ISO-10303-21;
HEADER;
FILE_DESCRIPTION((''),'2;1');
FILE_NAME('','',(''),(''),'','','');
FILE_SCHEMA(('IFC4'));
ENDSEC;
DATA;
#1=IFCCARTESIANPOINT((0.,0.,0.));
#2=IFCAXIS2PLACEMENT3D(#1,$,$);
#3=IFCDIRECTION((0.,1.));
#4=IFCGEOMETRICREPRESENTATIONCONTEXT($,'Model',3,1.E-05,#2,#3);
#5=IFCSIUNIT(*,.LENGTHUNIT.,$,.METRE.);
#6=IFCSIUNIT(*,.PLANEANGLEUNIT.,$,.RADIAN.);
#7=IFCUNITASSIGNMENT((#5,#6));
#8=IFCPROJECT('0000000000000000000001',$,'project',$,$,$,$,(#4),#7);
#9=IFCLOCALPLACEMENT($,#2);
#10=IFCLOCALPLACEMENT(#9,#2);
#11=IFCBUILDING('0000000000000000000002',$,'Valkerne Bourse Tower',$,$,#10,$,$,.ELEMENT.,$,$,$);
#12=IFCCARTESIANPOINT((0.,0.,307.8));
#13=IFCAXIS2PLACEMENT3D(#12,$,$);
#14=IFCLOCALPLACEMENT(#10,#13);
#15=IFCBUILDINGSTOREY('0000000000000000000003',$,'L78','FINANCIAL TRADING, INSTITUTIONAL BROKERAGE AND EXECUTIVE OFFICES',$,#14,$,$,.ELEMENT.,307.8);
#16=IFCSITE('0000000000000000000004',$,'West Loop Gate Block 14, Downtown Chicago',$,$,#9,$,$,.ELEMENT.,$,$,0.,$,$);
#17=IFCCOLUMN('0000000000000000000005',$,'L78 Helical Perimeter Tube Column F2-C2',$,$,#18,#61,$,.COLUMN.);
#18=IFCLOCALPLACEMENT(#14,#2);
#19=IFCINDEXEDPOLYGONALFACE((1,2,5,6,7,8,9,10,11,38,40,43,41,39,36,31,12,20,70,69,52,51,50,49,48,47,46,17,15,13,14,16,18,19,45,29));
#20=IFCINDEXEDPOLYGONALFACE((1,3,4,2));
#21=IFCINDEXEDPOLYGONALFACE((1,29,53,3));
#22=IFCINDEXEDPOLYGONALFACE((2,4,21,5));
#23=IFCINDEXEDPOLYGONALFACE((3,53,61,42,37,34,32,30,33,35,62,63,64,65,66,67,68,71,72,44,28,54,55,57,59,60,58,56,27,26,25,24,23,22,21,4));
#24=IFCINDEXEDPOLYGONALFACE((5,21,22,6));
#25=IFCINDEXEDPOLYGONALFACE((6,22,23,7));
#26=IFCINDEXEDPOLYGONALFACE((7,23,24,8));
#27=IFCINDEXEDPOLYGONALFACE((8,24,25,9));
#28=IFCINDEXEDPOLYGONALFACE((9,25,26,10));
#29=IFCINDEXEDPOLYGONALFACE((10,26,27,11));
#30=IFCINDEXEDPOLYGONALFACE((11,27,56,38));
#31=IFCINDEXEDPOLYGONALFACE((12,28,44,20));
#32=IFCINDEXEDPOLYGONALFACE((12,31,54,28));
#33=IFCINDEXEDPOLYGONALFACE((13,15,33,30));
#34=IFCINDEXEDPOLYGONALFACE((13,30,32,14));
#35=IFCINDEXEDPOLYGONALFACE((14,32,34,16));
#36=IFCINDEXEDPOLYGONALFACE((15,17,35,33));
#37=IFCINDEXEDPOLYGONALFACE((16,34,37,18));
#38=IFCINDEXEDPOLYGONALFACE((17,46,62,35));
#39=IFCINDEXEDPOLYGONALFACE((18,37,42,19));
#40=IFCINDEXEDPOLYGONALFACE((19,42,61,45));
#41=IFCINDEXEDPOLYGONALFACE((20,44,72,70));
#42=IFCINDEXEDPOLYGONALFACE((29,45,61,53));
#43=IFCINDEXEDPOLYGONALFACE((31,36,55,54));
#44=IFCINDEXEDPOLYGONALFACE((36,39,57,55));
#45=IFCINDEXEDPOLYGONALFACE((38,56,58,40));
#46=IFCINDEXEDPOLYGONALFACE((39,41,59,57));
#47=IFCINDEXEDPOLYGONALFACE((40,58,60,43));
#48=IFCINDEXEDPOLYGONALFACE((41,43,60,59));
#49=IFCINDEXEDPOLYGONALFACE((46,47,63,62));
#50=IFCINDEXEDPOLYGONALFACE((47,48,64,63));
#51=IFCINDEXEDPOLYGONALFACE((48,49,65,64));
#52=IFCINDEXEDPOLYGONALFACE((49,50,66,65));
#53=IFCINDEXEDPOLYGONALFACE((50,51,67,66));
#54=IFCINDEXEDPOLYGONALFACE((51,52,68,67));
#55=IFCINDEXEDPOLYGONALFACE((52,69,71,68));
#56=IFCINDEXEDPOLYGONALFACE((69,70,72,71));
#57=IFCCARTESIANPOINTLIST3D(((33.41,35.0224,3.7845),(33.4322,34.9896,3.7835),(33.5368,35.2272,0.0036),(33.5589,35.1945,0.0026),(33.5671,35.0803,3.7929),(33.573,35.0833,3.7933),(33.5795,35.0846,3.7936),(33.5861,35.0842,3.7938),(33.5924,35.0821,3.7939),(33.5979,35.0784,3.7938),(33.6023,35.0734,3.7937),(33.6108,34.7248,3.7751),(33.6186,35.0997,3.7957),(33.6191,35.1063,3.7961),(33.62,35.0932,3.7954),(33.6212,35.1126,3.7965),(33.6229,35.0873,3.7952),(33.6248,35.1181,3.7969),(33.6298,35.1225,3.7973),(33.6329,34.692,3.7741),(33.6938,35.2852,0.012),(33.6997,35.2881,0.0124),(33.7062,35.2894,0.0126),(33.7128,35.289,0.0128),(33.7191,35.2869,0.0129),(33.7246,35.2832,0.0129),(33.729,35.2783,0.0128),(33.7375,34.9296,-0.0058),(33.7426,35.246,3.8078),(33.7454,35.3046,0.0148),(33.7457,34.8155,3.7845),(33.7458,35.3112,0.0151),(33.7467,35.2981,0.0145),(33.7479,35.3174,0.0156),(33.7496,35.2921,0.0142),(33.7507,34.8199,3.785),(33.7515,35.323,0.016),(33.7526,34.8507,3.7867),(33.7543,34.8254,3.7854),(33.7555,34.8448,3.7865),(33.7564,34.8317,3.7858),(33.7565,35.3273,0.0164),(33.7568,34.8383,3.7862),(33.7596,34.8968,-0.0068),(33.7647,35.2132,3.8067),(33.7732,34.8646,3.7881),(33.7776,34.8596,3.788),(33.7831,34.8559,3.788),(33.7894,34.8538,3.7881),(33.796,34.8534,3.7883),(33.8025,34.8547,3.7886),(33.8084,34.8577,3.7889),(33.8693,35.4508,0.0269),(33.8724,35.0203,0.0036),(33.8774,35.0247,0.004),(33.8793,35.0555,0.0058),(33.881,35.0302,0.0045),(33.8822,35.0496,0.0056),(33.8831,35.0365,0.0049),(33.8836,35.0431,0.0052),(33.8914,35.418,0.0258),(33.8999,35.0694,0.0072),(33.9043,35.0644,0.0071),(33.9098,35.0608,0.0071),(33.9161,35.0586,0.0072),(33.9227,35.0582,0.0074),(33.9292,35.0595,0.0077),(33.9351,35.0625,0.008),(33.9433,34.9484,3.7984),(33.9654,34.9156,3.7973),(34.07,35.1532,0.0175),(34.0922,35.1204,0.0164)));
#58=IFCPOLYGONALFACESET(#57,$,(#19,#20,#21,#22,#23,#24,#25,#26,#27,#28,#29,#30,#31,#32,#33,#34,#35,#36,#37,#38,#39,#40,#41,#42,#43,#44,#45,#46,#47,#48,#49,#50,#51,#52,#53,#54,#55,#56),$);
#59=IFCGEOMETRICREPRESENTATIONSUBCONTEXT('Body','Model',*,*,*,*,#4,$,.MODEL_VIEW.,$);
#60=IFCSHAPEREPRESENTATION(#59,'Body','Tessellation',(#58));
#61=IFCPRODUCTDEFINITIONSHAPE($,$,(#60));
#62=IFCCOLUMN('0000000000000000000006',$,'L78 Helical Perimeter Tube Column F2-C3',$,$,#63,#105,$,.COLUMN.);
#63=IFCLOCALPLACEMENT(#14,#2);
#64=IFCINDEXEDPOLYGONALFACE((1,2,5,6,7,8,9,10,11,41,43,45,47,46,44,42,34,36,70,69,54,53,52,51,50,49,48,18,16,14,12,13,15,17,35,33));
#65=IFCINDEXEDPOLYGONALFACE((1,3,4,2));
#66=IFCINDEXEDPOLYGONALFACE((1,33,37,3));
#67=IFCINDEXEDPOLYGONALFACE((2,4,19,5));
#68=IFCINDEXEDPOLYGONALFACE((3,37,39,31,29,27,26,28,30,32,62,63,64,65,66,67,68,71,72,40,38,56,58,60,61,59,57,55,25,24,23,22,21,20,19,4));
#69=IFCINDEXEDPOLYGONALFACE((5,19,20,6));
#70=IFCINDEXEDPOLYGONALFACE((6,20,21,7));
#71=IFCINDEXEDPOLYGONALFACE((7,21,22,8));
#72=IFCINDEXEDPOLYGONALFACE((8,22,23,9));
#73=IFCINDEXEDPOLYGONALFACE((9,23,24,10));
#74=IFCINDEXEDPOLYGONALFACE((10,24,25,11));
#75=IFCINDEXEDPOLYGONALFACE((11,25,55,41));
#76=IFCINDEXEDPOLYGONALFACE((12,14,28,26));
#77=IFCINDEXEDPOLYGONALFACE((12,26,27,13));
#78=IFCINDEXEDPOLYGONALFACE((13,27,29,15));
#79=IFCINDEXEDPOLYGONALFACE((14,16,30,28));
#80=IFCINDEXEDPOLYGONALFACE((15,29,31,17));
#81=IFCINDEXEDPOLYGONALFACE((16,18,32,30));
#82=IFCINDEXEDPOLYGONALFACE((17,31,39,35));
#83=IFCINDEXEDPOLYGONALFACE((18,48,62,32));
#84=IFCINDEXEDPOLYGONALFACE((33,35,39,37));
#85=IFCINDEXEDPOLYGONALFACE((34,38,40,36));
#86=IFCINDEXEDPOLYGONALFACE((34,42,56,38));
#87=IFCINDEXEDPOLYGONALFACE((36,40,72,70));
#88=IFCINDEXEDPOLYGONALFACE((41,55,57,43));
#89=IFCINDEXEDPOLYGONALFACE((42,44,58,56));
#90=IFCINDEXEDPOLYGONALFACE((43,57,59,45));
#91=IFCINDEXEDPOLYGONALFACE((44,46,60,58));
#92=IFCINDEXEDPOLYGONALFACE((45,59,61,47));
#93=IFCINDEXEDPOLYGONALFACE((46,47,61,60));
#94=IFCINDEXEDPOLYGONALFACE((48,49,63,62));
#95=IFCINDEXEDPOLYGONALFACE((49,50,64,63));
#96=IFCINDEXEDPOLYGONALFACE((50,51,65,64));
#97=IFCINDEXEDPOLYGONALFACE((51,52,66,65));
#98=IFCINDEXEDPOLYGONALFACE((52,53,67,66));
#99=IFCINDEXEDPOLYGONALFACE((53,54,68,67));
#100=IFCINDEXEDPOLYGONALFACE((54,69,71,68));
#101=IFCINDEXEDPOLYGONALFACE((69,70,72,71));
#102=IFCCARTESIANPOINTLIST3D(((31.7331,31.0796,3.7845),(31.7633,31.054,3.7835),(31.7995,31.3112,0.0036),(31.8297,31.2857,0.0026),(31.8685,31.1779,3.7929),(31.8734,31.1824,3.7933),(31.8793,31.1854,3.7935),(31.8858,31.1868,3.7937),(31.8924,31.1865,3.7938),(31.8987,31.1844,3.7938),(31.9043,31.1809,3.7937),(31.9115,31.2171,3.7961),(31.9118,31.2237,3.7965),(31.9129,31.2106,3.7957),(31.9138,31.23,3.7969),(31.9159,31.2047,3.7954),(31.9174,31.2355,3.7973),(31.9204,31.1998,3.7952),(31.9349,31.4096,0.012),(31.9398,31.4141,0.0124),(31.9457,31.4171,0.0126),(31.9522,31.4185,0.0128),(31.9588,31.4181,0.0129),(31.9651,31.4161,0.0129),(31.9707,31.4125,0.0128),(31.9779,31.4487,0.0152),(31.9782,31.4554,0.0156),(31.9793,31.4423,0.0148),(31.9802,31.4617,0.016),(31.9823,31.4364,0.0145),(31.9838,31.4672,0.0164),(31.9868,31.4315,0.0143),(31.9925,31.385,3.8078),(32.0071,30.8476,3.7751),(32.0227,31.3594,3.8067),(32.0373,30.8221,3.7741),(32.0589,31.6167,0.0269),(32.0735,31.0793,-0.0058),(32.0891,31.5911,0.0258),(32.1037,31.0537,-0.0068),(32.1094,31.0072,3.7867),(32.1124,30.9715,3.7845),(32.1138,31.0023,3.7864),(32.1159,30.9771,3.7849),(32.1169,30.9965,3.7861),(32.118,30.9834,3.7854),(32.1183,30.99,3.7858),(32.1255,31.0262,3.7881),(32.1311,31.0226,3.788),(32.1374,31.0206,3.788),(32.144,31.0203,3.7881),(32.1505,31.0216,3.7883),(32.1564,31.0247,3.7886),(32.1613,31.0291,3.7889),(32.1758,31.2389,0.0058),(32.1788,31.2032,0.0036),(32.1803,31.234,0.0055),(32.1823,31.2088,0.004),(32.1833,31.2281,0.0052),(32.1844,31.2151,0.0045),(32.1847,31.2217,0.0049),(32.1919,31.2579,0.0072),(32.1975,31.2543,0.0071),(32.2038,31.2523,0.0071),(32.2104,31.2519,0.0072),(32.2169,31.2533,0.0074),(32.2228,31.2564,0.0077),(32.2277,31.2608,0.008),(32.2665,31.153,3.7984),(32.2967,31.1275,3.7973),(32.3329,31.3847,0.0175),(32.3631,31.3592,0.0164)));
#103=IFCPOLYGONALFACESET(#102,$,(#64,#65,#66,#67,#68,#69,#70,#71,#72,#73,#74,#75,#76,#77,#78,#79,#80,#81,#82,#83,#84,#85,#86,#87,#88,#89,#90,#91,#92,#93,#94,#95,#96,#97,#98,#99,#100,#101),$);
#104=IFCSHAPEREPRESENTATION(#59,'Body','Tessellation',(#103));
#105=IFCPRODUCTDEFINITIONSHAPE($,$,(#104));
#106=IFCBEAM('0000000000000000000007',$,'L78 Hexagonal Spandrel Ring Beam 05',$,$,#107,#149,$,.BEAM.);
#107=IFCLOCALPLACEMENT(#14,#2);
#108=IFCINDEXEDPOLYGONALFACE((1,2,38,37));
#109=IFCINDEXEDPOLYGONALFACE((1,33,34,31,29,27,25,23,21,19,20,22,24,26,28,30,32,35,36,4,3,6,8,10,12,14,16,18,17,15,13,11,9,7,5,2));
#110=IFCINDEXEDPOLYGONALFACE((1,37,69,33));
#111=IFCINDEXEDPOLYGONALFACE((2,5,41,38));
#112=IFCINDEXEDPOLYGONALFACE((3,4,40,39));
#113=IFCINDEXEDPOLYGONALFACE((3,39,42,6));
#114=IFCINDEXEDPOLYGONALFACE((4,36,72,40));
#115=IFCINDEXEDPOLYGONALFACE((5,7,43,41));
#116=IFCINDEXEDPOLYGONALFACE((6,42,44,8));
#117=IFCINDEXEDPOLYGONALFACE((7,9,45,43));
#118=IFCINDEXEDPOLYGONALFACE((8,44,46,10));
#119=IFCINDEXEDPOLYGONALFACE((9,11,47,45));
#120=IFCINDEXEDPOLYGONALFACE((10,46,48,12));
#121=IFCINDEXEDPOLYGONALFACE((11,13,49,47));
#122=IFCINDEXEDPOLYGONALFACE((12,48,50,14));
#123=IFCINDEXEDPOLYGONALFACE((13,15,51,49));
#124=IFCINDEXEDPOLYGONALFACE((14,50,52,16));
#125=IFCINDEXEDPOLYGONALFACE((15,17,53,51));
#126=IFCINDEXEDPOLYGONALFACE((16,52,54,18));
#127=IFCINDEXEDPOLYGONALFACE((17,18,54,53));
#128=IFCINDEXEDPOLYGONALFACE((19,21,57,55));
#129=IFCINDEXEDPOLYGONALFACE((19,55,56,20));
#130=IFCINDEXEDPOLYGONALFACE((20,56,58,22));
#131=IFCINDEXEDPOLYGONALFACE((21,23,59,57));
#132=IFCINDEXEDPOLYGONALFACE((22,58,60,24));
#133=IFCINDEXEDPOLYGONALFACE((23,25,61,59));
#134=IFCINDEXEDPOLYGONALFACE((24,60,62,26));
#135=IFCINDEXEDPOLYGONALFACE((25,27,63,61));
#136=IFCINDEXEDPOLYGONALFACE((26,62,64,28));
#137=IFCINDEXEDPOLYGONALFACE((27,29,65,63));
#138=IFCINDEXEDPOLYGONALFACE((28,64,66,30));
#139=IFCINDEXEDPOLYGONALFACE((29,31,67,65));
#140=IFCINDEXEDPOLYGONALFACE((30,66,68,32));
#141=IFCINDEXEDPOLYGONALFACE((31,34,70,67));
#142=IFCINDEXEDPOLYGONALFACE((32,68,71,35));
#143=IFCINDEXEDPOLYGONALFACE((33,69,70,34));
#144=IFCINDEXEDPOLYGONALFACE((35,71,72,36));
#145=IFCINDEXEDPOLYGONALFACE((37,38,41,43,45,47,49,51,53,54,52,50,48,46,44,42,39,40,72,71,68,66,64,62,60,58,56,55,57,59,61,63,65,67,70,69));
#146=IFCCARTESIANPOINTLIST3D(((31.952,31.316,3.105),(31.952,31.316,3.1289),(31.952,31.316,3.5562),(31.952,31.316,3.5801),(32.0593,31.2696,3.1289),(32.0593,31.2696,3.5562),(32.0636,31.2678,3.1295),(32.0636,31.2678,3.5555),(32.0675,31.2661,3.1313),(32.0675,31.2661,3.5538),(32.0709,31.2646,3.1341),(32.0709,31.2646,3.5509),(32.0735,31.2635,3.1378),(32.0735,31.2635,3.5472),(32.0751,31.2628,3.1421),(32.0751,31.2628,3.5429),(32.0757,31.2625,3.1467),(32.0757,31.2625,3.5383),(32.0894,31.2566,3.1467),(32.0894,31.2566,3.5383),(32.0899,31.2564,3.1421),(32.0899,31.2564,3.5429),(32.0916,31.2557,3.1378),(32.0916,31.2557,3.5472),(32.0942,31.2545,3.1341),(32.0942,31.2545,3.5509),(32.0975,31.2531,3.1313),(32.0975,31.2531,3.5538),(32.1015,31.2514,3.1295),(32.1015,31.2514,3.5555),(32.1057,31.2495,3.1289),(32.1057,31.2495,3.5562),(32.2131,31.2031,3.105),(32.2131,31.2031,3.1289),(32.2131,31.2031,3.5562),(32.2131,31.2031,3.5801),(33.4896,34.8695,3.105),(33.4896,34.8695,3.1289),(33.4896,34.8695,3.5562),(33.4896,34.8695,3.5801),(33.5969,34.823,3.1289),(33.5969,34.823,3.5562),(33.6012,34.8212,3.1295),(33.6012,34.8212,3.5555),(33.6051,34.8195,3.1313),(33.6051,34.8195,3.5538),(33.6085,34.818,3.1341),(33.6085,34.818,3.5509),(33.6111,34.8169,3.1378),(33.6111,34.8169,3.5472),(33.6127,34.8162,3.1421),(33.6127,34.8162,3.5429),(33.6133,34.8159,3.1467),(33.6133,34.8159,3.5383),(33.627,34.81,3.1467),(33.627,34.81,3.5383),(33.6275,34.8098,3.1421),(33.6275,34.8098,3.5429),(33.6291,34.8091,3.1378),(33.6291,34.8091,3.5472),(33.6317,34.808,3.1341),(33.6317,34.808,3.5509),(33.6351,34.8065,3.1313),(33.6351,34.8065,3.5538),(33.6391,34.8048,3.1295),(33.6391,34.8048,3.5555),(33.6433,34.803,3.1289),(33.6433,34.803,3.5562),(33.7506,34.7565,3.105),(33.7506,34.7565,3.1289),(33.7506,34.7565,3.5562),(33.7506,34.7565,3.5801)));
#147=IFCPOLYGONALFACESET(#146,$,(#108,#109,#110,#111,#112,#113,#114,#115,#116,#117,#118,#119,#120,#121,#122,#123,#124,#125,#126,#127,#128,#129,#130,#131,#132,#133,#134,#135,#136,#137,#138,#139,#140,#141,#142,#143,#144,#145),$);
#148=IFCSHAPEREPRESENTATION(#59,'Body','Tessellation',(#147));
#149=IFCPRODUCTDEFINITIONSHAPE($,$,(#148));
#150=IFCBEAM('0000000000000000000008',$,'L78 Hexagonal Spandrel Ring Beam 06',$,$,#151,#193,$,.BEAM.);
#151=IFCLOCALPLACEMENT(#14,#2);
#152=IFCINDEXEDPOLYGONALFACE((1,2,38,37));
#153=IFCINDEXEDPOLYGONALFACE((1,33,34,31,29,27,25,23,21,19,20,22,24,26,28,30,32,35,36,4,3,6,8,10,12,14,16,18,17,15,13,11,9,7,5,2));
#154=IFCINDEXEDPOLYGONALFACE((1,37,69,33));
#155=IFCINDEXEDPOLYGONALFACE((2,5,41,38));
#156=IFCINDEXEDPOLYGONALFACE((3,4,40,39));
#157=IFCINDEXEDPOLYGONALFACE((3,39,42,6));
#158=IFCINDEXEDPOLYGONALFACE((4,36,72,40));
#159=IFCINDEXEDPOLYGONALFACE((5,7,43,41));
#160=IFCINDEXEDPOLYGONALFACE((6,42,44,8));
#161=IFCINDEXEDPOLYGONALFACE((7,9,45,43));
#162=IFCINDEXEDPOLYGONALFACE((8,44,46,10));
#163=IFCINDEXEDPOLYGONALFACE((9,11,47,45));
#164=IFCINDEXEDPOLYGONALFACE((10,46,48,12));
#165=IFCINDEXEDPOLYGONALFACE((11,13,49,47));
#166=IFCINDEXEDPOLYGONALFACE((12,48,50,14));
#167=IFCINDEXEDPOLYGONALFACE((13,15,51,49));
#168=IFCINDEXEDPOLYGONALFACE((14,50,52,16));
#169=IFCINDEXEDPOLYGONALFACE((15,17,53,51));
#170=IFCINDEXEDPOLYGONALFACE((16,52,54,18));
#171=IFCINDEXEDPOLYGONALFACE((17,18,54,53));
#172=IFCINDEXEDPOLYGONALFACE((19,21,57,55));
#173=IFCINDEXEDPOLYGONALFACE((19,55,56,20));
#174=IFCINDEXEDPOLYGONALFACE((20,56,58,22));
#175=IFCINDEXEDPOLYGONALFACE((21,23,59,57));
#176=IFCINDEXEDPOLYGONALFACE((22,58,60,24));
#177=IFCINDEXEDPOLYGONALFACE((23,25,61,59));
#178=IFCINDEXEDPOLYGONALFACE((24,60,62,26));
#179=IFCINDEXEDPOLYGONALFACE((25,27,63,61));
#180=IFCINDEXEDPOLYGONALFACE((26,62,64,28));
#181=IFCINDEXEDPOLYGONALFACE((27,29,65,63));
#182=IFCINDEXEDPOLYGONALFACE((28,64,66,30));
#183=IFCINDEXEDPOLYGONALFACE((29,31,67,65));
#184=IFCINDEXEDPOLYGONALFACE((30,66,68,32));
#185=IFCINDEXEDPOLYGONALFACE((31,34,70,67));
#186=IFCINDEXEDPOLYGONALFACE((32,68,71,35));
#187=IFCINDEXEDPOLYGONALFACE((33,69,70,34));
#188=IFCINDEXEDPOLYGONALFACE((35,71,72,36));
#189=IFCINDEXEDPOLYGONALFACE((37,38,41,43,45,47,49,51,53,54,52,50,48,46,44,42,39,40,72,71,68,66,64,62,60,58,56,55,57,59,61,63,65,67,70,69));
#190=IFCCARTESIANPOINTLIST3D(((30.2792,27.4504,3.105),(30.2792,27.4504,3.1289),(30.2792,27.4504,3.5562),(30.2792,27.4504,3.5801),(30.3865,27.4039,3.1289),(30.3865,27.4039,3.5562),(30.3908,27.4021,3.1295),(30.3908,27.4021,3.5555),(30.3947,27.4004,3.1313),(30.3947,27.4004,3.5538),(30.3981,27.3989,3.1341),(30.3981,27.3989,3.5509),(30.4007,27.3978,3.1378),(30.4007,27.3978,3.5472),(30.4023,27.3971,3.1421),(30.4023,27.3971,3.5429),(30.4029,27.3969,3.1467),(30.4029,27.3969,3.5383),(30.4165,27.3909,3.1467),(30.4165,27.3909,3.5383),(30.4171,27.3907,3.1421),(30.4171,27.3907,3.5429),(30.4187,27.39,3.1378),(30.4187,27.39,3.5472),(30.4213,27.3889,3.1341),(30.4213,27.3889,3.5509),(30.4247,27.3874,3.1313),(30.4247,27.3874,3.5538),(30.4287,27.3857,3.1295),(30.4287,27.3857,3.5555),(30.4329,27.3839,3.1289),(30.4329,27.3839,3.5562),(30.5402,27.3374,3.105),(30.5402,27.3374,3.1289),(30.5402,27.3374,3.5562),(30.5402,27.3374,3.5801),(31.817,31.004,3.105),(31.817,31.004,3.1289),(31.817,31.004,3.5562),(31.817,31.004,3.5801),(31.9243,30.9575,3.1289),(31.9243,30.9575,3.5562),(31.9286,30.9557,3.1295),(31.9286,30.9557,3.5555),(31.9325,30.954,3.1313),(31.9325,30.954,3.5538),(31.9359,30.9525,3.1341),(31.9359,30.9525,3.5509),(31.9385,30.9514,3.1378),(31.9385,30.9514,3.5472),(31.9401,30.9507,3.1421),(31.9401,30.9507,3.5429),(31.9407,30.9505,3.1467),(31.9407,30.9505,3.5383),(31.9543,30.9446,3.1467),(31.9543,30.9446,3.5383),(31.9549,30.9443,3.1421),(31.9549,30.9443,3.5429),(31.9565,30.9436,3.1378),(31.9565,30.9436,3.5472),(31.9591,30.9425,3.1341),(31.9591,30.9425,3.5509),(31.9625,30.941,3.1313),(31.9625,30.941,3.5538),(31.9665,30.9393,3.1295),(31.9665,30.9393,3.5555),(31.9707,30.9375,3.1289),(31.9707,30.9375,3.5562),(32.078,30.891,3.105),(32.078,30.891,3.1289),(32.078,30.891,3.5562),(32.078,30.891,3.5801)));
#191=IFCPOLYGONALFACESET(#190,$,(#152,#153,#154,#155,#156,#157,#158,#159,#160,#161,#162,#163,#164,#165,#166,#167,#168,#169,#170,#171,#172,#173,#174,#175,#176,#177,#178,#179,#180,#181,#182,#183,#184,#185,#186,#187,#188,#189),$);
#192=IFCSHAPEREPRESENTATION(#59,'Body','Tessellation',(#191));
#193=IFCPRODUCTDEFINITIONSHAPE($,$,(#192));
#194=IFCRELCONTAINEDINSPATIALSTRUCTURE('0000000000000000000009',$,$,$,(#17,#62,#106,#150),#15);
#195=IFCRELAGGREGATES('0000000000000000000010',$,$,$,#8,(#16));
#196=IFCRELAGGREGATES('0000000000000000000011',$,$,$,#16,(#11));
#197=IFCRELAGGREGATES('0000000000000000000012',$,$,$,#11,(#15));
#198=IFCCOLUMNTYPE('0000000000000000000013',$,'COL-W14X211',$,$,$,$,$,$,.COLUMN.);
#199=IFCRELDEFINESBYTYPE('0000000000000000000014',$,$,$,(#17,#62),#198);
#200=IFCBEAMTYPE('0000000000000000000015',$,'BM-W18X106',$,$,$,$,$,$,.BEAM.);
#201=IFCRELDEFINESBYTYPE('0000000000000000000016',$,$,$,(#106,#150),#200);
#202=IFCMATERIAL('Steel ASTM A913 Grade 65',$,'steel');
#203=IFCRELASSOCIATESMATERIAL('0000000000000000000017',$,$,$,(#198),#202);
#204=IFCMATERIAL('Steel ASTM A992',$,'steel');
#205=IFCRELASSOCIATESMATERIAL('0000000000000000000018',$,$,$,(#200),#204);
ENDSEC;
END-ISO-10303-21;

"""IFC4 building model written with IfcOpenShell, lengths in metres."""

from ifc_helpers import new_model, si_unit, direction, frame, origin, origin_2d, place, context, subcontext, project, spatial, i_section, extrude, material, material_profile, profile_set, type_object, element, save


model = new_model("IFC4")

# Units and contexts
model_context = context("Model", 3, precision=1e-05, world=origin(), true_north=direction((0.0, 1.0)))
body_context = subcontext(model_context, "Body", "Model", "MODEL_VIEW")
ifc_project = project(units=[si_unit("LENGTHUNIT", "METRE"), si_unit("PLANEANGLEUNIT", "RADIAN")], contexts=[model_context])

# Site, building, storey
site_placement = place(None, origin())
site = spatial("IfcSite", under=ifc_project, at=site_placement, Name="West Loop Gate Block 14, Downtown Chicago", CompositionType="ELEMENT", RefElevation=0.0)
building_placement = place(site_placement, origin())
building = spatial("IfcBuilding", under=site, at=building_placement, Name="Valkerne Bourse Tower", CompositionType="ELEMENT")
storey_placement = place(building_placement, frame((0.0, 0.0, 307.8)))
storey = spatial("IfcBuildingStorey", under=building, at=storey_placement, Name="L78", Description="FINANCIAL TRADING, INSTITUTIONAL BROKERAGE AND EXECUTIVE OFFICES", CompositionType="ELEMENT", Elevation=307.8)

# Columns
ifc_material_1 = material(Name="Steel ASTM A913 Grade 65", Category="steel")
ifc_material_profile_1 = material_profile(ifc_material_1, i_section(OverallWidth=0.4014, OverallDepth=0.3987, WebThickness=0.0249, FlangeThickness=0.0396, FilletRadius=0.0254, at=origin_2d()), Name="W14X211")
ifc_profile_set_1 = profile_set([ifc_material_profile_1], Name="Steel ASTM A913 Grade 65")
column_type = type_object("IfcColumnType", Name="COL-W14X211", PredefinedType="COLUMN", material=ifc_profile_set_1)
for number, where, z_axis, x_axis, name in (
    (1, (33.8145, 35.1738, 0.01), (-0.033444, -0.054065, 0.997977), (-0.828464, -0.557036, -0.057941), "L78 Helical Perimeter Tube Column F2-C2"),
    (2, (32.0813, 31.3352, 0.01), (-0.017528, -0.061153, 0.997974), (-0.646191, -0.76097, -0.057979), "L78 Helical Perimeter Tube Column F2-C3"),
):
    element("IfcColumn", number, at=place(storey_placement, frame(where, z_axis=z_axis, x_axis=x_axis)), inside=storey, type_object=column_type, Name=name, PredefinedType="COLUMN", context=body_context, shape_type="SweptSolid", body=[
        extrude(i_section(OverallWidth=0.4014, OverallDepth=0.3987, WebThickness=0.0249, FlangeThickness=0.0396, FilletRadius=0.0254, at=origin_2d()), origin(), (0.0, 0.0, 1.0), 3.7886),
    ])

# Beams
ifc_material_2 = material(Name="Steel ASTM A992", Category="steel")
ifc_material_profile_2 = material_profile(ifc_material_2, i_section(OverallWidth=0.2844, OverallDepth=0.4751, WebThickness=0.0149, FlangeThickness=0.0239, FilletRadius=0.0178, at=origin_2d()), Name="W18X106")
ifc_profile_set_2 = profile_set([ifc_material_profile_2], Name="Steel ASTM A992")
beam_type_1 = type_object("IfcBeamType", Name="BM-W18X106", PredefinedType="BEAM", material=ifc_profile_set_2)
beam_1_placement = place(storey_placement, frame((33.6201, 34.813, 3.3425), z_axis=(-0.397121, -0.917766, 0.0), x_axis=(0.917766, -0.397121, 0.0)))
element("IfcBeam", 3, at=beam_1_placement, inside=storey, type_object=beam_type_1, Name="L78 Hexagonal Spandrel Ring Beam 05", PredefinedType="BEAM", context=body_context, shape_type="SweptSolid", body=[
    extrude(i_section(OverallWidth=0.2844, OverallDepth=0.4751, WebThickness=0.0149, FlangeThickness=0.0239, FilletRadius=0.0178, at=origin_2d()), origin(), (0.0, 0.0, 1.0), 3.8718),
])
beam_2_placement = place(storey_placement, frame((31.9475, 30.9475, 3.3425), z_axis=(-0.397151, -0.917753, 0.0), x_axis=(0.917753, -0.397151, 0.0)))
element("IfcBeam", 4, at=beam_2_placement, inside=storey, type_object=beam_type_1, Name="L78 Hexagonal Spandrel Ring Beam 06", PredefinedType="BEAM", context=body_context, shape_type="SweptSolid", body=[
    extrude(i_section(OverallWidth=0.2844, OverallDepth=0.4751, WebThickness=0.0149, FlangeThickness=0.0239, FilletRadius=0.0178, at=origin_2d()), origin(), (0.0, 0.0, 1.0), 3.8721),
])

save(model, "model.ifc")
